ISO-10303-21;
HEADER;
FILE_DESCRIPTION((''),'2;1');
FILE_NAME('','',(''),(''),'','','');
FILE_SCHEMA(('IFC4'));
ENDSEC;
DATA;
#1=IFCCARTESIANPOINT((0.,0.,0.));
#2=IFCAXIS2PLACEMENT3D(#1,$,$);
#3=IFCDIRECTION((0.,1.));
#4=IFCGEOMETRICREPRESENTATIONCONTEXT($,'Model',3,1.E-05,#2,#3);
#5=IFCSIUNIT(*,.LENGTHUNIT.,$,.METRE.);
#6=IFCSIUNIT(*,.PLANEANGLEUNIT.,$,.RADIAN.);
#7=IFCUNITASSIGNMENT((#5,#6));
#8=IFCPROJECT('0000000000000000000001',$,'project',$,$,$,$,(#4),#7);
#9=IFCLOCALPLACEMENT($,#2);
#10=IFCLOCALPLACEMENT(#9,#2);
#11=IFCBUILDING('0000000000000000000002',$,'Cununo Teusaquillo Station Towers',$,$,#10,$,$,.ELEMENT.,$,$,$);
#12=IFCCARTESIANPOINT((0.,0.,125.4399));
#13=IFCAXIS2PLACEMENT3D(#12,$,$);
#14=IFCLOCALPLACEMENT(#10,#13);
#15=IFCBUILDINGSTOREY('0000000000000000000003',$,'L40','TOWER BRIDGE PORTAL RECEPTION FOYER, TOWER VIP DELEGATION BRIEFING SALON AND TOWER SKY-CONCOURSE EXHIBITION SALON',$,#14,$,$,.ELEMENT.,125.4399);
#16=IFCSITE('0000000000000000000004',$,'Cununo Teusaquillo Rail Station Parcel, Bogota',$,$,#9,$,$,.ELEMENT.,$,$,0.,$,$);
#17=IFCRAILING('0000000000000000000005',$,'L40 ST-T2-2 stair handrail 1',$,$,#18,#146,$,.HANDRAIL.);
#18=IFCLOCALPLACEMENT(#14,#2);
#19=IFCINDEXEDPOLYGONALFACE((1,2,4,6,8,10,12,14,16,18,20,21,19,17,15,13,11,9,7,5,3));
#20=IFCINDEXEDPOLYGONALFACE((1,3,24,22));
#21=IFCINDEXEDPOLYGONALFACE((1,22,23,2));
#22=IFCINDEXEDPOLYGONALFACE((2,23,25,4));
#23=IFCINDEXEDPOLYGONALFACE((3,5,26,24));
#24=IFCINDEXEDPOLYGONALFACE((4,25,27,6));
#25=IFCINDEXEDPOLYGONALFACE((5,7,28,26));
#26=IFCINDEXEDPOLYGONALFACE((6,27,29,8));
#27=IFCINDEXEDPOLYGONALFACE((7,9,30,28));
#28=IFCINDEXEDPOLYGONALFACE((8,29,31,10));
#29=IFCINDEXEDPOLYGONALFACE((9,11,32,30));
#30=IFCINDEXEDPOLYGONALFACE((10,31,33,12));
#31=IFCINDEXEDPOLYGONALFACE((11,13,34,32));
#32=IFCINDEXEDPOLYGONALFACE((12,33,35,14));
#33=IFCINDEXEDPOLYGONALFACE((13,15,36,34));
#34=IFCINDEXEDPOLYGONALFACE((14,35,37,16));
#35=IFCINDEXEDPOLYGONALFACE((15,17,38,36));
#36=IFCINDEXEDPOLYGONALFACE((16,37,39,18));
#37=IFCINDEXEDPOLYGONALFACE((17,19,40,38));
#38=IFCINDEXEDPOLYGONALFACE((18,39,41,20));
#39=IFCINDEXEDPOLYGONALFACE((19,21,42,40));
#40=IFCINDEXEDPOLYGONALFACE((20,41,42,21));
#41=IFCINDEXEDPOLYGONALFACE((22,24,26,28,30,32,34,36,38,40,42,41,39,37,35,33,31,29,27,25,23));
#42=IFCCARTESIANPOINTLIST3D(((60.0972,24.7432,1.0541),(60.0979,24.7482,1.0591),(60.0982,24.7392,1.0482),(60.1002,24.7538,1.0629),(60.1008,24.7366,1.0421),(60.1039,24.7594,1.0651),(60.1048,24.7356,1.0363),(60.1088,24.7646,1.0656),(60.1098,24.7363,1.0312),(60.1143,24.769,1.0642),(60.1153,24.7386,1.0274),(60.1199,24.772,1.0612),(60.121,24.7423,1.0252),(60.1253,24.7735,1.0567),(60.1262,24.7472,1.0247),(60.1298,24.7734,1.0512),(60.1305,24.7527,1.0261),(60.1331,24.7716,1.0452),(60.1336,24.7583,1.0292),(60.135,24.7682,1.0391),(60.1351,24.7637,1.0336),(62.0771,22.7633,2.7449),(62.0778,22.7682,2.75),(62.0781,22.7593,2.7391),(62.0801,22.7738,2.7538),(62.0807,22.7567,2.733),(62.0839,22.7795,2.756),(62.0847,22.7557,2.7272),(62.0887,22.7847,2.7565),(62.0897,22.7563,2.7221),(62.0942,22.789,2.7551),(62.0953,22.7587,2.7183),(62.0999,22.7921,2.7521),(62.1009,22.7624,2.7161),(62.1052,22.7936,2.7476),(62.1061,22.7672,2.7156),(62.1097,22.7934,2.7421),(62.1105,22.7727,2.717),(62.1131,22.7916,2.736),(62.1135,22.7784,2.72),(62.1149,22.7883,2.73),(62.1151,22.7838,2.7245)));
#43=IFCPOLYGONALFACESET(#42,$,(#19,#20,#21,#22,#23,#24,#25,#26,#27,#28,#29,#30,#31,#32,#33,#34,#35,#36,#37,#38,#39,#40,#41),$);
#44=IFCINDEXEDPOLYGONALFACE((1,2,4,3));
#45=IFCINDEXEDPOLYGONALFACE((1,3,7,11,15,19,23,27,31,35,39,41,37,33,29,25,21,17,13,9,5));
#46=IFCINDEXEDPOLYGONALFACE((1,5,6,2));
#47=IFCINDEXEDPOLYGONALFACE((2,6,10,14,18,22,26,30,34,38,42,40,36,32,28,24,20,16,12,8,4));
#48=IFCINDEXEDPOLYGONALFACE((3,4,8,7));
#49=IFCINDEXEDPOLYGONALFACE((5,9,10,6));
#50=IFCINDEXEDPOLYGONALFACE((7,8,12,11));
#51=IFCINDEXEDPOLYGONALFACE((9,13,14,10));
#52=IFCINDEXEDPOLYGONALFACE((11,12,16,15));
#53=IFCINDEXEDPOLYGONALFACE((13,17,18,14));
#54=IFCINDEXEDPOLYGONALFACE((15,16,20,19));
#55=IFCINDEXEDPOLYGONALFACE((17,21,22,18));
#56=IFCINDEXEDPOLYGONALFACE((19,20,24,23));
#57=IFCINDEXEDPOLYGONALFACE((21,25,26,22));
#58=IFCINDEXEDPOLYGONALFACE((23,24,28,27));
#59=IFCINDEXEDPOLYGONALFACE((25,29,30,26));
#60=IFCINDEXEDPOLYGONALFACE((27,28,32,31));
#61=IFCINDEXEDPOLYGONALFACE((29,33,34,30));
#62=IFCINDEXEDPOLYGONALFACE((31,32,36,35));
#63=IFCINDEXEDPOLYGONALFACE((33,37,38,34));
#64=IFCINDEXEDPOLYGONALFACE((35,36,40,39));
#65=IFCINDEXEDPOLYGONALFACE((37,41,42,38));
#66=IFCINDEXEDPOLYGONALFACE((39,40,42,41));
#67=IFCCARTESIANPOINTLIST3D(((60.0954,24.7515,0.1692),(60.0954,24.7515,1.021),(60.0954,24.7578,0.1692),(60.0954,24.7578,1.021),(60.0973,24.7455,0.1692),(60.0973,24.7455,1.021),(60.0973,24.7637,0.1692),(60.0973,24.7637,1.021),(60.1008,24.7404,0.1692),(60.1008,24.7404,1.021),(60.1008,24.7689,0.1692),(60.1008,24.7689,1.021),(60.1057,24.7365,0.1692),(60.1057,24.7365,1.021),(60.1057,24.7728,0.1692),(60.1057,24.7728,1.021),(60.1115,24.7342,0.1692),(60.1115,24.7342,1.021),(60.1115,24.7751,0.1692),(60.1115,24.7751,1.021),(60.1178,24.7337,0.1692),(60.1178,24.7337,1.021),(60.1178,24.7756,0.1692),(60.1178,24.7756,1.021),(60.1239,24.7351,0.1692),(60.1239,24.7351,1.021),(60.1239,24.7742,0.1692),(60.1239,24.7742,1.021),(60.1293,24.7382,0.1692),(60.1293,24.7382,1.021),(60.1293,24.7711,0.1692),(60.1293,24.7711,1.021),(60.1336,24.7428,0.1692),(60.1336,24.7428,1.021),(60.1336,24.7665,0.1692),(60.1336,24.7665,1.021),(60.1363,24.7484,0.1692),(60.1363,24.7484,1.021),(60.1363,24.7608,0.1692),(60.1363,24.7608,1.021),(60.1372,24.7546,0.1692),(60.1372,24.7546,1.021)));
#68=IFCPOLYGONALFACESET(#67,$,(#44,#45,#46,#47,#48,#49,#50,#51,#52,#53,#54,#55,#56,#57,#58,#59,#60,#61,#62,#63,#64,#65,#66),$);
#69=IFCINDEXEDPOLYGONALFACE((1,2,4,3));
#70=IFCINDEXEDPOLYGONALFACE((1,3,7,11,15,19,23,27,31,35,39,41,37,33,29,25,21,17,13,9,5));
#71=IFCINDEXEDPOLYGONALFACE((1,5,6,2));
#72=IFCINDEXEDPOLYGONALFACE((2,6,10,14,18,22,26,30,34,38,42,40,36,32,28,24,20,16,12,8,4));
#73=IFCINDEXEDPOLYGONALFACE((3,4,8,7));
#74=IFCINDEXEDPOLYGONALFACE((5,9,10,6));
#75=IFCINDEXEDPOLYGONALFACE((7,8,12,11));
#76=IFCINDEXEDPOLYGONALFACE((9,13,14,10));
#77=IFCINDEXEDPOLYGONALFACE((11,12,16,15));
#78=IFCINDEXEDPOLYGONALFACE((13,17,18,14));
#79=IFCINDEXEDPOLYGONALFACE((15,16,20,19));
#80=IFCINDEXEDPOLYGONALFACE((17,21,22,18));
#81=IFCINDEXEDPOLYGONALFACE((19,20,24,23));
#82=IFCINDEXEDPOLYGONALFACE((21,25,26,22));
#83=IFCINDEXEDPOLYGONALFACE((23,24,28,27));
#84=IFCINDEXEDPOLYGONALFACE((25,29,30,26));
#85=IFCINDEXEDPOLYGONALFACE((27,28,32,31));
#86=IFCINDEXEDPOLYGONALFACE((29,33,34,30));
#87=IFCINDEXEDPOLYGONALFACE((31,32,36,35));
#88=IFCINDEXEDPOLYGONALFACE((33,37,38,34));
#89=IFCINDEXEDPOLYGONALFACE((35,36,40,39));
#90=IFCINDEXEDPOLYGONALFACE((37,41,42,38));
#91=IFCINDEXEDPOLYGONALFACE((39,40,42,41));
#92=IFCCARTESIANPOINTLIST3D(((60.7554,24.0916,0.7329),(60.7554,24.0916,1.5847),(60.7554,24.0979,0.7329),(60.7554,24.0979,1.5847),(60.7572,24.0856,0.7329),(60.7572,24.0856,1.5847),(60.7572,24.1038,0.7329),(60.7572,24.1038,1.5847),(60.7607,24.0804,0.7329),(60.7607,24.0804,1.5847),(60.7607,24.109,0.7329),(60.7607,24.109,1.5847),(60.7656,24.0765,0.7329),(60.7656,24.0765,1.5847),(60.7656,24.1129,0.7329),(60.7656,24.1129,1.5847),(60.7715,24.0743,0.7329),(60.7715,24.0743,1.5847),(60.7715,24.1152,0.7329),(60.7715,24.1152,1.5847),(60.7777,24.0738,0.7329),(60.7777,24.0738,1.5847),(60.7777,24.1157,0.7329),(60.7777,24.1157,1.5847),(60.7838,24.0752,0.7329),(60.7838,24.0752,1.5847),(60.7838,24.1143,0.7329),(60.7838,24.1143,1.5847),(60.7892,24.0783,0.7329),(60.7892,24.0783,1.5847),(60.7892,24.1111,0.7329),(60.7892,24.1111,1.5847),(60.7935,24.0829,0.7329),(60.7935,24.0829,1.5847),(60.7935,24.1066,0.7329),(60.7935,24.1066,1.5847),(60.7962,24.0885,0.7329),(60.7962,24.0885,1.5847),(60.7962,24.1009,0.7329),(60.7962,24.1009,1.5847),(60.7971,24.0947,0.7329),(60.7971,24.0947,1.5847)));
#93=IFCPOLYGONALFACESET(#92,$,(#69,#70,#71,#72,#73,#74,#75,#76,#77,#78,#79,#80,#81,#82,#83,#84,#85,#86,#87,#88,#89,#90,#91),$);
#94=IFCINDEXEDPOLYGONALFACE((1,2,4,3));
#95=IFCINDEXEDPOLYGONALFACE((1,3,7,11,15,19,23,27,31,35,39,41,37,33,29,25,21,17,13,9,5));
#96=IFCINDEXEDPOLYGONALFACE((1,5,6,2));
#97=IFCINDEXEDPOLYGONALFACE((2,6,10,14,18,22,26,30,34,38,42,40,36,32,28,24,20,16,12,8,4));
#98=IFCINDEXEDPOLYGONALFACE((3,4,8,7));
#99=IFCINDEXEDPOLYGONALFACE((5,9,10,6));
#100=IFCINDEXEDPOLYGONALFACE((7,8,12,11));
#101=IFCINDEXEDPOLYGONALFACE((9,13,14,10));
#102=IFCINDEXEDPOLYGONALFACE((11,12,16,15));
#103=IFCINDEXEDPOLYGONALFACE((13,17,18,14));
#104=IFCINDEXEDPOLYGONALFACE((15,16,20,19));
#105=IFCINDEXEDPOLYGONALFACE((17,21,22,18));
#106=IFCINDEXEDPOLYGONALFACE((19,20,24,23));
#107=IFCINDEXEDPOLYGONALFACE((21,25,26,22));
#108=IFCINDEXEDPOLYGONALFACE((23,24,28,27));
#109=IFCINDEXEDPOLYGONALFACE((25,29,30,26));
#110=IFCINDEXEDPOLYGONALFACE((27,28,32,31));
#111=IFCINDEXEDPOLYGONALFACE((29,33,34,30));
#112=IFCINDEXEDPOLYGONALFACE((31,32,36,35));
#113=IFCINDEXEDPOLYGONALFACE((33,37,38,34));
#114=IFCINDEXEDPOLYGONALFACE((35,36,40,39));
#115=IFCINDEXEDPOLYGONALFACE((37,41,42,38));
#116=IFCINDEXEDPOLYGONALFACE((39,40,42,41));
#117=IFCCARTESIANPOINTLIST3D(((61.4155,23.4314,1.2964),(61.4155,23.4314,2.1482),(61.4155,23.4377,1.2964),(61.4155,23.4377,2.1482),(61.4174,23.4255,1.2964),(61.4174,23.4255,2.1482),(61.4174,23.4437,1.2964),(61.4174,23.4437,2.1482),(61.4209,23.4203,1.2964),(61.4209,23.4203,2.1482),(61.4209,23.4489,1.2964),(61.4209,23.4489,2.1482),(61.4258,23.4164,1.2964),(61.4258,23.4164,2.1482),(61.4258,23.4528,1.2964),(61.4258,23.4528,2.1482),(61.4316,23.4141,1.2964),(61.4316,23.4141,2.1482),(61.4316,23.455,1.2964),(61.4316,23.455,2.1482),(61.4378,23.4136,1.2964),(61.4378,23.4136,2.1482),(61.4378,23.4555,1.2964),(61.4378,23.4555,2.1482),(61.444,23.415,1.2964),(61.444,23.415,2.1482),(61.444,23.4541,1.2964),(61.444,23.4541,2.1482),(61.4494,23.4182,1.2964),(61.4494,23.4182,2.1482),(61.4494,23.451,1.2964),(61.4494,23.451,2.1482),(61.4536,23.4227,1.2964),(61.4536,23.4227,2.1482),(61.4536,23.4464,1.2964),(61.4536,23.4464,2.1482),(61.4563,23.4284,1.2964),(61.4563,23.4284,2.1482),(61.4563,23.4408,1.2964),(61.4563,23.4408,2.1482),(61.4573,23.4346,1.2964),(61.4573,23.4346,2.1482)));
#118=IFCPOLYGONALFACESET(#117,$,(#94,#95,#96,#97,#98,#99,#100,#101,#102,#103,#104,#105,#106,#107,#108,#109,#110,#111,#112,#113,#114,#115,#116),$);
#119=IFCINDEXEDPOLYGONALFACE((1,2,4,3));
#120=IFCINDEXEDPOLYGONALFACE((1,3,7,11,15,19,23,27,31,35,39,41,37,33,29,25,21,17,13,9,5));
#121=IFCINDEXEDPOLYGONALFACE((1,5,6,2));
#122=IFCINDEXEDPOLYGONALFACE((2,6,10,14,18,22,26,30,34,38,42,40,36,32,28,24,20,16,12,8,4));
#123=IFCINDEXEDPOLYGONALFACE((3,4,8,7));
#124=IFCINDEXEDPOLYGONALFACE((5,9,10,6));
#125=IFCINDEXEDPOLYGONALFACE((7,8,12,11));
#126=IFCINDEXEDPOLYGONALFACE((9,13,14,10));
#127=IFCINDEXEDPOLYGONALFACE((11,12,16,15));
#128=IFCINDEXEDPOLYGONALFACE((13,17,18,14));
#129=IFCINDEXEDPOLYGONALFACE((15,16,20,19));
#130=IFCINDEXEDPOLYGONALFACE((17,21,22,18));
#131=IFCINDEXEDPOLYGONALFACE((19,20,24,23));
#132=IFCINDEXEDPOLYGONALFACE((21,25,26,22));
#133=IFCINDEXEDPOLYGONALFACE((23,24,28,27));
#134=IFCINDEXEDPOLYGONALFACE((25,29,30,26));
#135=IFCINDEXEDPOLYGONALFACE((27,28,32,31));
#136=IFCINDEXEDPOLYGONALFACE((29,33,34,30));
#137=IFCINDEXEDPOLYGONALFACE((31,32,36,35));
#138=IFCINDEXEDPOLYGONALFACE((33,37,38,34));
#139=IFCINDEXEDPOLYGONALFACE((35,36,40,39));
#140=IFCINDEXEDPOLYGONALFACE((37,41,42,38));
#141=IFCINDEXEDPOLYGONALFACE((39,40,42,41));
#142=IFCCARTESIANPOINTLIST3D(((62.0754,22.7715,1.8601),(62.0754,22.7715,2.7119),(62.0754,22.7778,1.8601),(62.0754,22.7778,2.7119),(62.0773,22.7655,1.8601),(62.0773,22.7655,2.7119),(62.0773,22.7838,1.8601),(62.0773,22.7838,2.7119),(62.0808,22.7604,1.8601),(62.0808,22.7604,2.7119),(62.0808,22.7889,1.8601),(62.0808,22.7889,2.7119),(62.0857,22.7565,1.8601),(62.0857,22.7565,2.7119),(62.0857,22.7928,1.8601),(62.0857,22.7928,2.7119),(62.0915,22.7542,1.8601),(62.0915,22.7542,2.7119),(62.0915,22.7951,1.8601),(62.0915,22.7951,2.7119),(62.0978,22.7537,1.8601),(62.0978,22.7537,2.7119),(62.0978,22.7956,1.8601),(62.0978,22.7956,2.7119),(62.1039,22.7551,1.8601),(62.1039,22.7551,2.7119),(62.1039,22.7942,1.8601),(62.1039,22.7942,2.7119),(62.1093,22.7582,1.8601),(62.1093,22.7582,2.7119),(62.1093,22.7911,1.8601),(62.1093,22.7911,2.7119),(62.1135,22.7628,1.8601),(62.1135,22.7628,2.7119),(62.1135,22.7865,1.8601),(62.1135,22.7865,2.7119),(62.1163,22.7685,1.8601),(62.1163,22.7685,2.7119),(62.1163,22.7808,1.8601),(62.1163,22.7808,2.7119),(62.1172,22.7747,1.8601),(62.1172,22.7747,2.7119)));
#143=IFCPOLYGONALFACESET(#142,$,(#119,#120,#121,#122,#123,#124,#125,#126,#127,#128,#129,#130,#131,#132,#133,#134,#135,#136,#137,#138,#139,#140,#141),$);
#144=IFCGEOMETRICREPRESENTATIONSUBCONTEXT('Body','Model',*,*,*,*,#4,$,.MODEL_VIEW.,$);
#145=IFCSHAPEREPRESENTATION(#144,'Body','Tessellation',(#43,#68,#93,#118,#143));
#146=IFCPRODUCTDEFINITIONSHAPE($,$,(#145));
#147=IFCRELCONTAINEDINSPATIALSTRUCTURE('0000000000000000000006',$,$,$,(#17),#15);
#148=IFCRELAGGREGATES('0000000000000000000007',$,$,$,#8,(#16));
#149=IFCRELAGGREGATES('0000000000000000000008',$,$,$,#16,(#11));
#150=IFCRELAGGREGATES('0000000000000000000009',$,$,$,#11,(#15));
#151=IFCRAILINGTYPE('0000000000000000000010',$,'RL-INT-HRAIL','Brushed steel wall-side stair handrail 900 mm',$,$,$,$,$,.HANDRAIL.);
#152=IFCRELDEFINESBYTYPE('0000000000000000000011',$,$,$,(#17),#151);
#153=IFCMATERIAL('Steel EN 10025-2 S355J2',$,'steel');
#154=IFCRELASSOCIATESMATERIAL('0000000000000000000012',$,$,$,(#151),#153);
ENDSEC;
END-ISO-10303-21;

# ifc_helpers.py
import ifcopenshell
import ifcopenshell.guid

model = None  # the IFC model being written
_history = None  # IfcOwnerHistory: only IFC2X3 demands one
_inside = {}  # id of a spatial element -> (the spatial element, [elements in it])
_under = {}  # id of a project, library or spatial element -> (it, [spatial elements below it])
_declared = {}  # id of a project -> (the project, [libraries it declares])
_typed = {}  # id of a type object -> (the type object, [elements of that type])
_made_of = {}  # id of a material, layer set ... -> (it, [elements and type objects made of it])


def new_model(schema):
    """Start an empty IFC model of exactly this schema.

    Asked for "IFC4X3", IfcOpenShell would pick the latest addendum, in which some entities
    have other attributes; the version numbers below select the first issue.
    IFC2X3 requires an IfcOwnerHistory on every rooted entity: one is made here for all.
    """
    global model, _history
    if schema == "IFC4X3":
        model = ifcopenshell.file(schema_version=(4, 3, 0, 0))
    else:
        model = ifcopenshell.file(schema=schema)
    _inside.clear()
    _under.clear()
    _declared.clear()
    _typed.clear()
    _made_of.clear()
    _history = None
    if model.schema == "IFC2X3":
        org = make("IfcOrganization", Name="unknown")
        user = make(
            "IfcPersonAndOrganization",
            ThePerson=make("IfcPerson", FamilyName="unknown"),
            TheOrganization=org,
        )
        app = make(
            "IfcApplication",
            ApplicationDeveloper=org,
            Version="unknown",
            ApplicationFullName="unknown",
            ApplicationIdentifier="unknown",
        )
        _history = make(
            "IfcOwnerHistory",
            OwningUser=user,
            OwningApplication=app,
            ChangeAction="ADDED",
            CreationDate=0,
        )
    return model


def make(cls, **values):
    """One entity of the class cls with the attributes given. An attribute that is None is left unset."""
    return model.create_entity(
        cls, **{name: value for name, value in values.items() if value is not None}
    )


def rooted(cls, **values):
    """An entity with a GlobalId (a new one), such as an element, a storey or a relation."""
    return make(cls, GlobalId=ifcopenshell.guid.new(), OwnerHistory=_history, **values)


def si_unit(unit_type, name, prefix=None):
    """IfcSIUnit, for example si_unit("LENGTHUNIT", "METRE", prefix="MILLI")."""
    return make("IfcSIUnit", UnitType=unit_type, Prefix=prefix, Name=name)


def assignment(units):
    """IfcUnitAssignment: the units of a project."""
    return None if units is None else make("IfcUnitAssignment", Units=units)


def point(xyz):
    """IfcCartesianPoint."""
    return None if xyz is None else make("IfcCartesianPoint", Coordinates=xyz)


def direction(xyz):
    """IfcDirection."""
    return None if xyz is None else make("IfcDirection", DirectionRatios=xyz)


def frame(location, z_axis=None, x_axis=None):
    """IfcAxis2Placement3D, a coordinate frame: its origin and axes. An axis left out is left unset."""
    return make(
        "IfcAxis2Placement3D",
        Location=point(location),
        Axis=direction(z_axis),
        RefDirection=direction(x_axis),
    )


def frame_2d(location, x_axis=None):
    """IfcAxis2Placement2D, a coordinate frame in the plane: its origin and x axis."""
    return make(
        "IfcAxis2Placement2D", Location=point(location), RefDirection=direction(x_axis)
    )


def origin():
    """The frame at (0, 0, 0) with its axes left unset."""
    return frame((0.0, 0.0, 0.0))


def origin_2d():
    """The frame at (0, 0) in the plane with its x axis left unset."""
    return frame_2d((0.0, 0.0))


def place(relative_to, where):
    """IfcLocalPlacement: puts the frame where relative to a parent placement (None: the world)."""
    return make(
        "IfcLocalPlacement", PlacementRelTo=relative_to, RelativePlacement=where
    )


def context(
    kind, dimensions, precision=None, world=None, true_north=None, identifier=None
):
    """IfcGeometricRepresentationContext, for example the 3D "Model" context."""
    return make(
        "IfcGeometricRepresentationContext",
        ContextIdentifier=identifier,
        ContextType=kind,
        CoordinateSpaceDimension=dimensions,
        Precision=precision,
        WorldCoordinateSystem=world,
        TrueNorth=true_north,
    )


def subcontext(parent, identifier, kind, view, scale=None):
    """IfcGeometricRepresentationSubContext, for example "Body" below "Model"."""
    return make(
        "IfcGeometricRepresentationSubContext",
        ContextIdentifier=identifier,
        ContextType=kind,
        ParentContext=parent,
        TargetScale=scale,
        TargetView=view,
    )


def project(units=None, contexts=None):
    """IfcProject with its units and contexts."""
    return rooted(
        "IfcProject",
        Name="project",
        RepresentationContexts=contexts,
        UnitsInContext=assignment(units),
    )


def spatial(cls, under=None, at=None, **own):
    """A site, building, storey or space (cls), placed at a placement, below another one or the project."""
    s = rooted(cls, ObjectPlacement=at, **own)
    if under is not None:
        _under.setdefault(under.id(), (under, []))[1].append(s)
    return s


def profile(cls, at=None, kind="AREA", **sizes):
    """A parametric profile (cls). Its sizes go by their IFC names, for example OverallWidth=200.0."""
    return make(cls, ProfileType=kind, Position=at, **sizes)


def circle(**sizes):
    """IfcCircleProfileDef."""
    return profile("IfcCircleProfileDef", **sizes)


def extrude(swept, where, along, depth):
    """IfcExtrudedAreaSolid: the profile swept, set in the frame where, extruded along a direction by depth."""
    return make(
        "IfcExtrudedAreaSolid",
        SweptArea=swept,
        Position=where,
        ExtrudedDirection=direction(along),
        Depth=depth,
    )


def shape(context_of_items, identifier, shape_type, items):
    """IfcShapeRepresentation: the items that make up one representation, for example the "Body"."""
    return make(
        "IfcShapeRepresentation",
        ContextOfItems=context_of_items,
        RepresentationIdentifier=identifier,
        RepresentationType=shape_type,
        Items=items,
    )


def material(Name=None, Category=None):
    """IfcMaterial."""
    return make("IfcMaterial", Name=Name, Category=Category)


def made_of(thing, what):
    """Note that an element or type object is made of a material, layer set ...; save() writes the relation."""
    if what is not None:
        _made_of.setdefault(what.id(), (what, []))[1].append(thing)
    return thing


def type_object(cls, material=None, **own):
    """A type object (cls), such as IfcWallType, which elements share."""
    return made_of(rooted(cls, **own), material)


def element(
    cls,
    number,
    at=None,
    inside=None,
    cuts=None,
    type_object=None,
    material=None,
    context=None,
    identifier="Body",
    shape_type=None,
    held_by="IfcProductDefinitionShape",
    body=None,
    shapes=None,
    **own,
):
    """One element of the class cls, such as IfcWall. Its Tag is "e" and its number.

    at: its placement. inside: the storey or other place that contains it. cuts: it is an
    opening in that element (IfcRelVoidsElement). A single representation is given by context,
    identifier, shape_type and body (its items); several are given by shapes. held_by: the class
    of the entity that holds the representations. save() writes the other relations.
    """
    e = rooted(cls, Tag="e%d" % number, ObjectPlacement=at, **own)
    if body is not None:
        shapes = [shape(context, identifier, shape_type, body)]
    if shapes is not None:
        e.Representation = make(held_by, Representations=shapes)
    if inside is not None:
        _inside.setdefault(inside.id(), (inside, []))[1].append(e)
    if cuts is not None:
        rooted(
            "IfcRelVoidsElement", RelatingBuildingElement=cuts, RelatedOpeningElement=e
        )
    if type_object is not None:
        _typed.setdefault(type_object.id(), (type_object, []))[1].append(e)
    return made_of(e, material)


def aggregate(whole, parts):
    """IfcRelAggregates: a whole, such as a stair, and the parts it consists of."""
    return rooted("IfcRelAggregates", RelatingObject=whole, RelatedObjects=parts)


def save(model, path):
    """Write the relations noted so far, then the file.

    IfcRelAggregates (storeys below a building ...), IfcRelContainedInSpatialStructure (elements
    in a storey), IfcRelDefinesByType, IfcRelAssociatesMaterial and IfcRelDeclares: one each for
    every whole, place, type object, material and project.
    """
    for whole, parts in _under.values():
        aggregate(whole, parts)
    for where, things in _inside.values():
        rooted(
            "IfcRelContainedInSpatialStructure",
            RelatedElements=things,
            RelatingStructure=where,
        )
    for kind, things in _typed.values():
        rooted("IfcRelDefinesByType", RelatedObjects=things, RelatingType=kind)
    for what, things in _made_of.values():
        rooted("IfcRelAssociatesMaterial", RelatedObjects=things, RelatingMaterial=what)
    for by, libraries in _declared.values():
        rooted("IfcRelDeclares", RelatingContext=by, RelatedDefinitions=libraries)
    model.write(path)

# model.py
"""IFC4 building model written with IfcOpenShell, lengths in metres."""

from ifc_helpers import new_model, si_unit, direction, frame, origin, origin_2d, place, context, subcontext, project, spatial, circle, extrude, material, type_object, element, save


model = new_model("IFC4")

# Units and contexts
model_context = context("Model", 3, precision=1e-05, world=origin(), true_north=direction((0.0, 1.0)))
body_context = subcontext(model_context, "Body", "Model", "MODEL_VIEW")
ifc_project = project(units=[si_unit("LENGTHUNIT", "METRE"), si_unit("PLANEANGLEUNIT", "RADIAN")], contexts=[model_context])

# Site, building, storey
site_placement = place(None, origin())
site = spatial("IfcSite", under=ifc_project, at=site_placement, Name="Cununo Teusaquillo Rail Station Parcel, Bogota", CompositionType="ELEMENT", RefElevation=0.0)
building_placement = place(site_placement, origin())
building = spatial("IfcBuilding", under=site, at=building_placement, Name="Cununo Teusaquillo Station Towers", CompositionType="ELEMENT")
storey_placement = place(building_placement, frame((0.0, 0.0, 125.4399)))
storey = spatial("IfcBuildingStorey", under=building, at=storey_placement, Name="L40", Description="TOWER BRIDGE PORTAL RECEPTION FOYER, TOWER VIP DELEGATION BRIEFING SALON AND TOWER SKY-CONCOURSE EXHIBITION SALON", CompositionType="ELEMENT", Elevation=125.4399)

# Railing
ifc_material_1 = material(Name="Steel EN 10025-2 S355J2", Category="steel")
railing_type_1 = type_object("IfcRailingType", Name="RL-INT-HRAIL", Description="Brushed steel wall-side stair handrail 900 mm", PredefinedType="HANDRAIL", material=ifc_material_1)
railing_1_placement = place(storey_placement, frame((60.1162, 24.7546, 0.1692)))
element("IfcRailing", 1, at=railing_1_placement, inside=storey, type_object=railing_type_1, Name="L40 ST-T2-2 stair handrail 1", PredefinedType="HANDRAIL", context=body_context, shape_type="SweptSolid", body=[
    extrude(circle(Radius=0.0239, at=origin_2d()), frame((0.0, 0.0, 0.876), z_axis=(0.605302, -0.605302, 0.516932), x_axis=(0.707107, 0.707107, 0.0)), (0.0, 0.0, 1.0), 3.271),
    extrude(circle(Radius=0.021, at=origin_2d()), origin(), (0.0, 0.0, 1.0), 0.8518),
    extrude(circle(Radius=0.021, at=origin_2d()), frame((0.6599, -0.6599, 0.5637)), (0.0, 0.0, 1.0), 0.8518),
    extrude(circle(Radius=0.021, at=origin_2d()), frame((1.3201, -1.3201, 1.1272)), (0.0, 0.0, 1.0), 0.8518),
    extrude(circle(Radius=0.021, at=origin_2d()), frame((1.98, -1.98, 1.6909)), (0.0, 0.0, 1.0), 0.8518),
])

save(model, "model.ifc")
